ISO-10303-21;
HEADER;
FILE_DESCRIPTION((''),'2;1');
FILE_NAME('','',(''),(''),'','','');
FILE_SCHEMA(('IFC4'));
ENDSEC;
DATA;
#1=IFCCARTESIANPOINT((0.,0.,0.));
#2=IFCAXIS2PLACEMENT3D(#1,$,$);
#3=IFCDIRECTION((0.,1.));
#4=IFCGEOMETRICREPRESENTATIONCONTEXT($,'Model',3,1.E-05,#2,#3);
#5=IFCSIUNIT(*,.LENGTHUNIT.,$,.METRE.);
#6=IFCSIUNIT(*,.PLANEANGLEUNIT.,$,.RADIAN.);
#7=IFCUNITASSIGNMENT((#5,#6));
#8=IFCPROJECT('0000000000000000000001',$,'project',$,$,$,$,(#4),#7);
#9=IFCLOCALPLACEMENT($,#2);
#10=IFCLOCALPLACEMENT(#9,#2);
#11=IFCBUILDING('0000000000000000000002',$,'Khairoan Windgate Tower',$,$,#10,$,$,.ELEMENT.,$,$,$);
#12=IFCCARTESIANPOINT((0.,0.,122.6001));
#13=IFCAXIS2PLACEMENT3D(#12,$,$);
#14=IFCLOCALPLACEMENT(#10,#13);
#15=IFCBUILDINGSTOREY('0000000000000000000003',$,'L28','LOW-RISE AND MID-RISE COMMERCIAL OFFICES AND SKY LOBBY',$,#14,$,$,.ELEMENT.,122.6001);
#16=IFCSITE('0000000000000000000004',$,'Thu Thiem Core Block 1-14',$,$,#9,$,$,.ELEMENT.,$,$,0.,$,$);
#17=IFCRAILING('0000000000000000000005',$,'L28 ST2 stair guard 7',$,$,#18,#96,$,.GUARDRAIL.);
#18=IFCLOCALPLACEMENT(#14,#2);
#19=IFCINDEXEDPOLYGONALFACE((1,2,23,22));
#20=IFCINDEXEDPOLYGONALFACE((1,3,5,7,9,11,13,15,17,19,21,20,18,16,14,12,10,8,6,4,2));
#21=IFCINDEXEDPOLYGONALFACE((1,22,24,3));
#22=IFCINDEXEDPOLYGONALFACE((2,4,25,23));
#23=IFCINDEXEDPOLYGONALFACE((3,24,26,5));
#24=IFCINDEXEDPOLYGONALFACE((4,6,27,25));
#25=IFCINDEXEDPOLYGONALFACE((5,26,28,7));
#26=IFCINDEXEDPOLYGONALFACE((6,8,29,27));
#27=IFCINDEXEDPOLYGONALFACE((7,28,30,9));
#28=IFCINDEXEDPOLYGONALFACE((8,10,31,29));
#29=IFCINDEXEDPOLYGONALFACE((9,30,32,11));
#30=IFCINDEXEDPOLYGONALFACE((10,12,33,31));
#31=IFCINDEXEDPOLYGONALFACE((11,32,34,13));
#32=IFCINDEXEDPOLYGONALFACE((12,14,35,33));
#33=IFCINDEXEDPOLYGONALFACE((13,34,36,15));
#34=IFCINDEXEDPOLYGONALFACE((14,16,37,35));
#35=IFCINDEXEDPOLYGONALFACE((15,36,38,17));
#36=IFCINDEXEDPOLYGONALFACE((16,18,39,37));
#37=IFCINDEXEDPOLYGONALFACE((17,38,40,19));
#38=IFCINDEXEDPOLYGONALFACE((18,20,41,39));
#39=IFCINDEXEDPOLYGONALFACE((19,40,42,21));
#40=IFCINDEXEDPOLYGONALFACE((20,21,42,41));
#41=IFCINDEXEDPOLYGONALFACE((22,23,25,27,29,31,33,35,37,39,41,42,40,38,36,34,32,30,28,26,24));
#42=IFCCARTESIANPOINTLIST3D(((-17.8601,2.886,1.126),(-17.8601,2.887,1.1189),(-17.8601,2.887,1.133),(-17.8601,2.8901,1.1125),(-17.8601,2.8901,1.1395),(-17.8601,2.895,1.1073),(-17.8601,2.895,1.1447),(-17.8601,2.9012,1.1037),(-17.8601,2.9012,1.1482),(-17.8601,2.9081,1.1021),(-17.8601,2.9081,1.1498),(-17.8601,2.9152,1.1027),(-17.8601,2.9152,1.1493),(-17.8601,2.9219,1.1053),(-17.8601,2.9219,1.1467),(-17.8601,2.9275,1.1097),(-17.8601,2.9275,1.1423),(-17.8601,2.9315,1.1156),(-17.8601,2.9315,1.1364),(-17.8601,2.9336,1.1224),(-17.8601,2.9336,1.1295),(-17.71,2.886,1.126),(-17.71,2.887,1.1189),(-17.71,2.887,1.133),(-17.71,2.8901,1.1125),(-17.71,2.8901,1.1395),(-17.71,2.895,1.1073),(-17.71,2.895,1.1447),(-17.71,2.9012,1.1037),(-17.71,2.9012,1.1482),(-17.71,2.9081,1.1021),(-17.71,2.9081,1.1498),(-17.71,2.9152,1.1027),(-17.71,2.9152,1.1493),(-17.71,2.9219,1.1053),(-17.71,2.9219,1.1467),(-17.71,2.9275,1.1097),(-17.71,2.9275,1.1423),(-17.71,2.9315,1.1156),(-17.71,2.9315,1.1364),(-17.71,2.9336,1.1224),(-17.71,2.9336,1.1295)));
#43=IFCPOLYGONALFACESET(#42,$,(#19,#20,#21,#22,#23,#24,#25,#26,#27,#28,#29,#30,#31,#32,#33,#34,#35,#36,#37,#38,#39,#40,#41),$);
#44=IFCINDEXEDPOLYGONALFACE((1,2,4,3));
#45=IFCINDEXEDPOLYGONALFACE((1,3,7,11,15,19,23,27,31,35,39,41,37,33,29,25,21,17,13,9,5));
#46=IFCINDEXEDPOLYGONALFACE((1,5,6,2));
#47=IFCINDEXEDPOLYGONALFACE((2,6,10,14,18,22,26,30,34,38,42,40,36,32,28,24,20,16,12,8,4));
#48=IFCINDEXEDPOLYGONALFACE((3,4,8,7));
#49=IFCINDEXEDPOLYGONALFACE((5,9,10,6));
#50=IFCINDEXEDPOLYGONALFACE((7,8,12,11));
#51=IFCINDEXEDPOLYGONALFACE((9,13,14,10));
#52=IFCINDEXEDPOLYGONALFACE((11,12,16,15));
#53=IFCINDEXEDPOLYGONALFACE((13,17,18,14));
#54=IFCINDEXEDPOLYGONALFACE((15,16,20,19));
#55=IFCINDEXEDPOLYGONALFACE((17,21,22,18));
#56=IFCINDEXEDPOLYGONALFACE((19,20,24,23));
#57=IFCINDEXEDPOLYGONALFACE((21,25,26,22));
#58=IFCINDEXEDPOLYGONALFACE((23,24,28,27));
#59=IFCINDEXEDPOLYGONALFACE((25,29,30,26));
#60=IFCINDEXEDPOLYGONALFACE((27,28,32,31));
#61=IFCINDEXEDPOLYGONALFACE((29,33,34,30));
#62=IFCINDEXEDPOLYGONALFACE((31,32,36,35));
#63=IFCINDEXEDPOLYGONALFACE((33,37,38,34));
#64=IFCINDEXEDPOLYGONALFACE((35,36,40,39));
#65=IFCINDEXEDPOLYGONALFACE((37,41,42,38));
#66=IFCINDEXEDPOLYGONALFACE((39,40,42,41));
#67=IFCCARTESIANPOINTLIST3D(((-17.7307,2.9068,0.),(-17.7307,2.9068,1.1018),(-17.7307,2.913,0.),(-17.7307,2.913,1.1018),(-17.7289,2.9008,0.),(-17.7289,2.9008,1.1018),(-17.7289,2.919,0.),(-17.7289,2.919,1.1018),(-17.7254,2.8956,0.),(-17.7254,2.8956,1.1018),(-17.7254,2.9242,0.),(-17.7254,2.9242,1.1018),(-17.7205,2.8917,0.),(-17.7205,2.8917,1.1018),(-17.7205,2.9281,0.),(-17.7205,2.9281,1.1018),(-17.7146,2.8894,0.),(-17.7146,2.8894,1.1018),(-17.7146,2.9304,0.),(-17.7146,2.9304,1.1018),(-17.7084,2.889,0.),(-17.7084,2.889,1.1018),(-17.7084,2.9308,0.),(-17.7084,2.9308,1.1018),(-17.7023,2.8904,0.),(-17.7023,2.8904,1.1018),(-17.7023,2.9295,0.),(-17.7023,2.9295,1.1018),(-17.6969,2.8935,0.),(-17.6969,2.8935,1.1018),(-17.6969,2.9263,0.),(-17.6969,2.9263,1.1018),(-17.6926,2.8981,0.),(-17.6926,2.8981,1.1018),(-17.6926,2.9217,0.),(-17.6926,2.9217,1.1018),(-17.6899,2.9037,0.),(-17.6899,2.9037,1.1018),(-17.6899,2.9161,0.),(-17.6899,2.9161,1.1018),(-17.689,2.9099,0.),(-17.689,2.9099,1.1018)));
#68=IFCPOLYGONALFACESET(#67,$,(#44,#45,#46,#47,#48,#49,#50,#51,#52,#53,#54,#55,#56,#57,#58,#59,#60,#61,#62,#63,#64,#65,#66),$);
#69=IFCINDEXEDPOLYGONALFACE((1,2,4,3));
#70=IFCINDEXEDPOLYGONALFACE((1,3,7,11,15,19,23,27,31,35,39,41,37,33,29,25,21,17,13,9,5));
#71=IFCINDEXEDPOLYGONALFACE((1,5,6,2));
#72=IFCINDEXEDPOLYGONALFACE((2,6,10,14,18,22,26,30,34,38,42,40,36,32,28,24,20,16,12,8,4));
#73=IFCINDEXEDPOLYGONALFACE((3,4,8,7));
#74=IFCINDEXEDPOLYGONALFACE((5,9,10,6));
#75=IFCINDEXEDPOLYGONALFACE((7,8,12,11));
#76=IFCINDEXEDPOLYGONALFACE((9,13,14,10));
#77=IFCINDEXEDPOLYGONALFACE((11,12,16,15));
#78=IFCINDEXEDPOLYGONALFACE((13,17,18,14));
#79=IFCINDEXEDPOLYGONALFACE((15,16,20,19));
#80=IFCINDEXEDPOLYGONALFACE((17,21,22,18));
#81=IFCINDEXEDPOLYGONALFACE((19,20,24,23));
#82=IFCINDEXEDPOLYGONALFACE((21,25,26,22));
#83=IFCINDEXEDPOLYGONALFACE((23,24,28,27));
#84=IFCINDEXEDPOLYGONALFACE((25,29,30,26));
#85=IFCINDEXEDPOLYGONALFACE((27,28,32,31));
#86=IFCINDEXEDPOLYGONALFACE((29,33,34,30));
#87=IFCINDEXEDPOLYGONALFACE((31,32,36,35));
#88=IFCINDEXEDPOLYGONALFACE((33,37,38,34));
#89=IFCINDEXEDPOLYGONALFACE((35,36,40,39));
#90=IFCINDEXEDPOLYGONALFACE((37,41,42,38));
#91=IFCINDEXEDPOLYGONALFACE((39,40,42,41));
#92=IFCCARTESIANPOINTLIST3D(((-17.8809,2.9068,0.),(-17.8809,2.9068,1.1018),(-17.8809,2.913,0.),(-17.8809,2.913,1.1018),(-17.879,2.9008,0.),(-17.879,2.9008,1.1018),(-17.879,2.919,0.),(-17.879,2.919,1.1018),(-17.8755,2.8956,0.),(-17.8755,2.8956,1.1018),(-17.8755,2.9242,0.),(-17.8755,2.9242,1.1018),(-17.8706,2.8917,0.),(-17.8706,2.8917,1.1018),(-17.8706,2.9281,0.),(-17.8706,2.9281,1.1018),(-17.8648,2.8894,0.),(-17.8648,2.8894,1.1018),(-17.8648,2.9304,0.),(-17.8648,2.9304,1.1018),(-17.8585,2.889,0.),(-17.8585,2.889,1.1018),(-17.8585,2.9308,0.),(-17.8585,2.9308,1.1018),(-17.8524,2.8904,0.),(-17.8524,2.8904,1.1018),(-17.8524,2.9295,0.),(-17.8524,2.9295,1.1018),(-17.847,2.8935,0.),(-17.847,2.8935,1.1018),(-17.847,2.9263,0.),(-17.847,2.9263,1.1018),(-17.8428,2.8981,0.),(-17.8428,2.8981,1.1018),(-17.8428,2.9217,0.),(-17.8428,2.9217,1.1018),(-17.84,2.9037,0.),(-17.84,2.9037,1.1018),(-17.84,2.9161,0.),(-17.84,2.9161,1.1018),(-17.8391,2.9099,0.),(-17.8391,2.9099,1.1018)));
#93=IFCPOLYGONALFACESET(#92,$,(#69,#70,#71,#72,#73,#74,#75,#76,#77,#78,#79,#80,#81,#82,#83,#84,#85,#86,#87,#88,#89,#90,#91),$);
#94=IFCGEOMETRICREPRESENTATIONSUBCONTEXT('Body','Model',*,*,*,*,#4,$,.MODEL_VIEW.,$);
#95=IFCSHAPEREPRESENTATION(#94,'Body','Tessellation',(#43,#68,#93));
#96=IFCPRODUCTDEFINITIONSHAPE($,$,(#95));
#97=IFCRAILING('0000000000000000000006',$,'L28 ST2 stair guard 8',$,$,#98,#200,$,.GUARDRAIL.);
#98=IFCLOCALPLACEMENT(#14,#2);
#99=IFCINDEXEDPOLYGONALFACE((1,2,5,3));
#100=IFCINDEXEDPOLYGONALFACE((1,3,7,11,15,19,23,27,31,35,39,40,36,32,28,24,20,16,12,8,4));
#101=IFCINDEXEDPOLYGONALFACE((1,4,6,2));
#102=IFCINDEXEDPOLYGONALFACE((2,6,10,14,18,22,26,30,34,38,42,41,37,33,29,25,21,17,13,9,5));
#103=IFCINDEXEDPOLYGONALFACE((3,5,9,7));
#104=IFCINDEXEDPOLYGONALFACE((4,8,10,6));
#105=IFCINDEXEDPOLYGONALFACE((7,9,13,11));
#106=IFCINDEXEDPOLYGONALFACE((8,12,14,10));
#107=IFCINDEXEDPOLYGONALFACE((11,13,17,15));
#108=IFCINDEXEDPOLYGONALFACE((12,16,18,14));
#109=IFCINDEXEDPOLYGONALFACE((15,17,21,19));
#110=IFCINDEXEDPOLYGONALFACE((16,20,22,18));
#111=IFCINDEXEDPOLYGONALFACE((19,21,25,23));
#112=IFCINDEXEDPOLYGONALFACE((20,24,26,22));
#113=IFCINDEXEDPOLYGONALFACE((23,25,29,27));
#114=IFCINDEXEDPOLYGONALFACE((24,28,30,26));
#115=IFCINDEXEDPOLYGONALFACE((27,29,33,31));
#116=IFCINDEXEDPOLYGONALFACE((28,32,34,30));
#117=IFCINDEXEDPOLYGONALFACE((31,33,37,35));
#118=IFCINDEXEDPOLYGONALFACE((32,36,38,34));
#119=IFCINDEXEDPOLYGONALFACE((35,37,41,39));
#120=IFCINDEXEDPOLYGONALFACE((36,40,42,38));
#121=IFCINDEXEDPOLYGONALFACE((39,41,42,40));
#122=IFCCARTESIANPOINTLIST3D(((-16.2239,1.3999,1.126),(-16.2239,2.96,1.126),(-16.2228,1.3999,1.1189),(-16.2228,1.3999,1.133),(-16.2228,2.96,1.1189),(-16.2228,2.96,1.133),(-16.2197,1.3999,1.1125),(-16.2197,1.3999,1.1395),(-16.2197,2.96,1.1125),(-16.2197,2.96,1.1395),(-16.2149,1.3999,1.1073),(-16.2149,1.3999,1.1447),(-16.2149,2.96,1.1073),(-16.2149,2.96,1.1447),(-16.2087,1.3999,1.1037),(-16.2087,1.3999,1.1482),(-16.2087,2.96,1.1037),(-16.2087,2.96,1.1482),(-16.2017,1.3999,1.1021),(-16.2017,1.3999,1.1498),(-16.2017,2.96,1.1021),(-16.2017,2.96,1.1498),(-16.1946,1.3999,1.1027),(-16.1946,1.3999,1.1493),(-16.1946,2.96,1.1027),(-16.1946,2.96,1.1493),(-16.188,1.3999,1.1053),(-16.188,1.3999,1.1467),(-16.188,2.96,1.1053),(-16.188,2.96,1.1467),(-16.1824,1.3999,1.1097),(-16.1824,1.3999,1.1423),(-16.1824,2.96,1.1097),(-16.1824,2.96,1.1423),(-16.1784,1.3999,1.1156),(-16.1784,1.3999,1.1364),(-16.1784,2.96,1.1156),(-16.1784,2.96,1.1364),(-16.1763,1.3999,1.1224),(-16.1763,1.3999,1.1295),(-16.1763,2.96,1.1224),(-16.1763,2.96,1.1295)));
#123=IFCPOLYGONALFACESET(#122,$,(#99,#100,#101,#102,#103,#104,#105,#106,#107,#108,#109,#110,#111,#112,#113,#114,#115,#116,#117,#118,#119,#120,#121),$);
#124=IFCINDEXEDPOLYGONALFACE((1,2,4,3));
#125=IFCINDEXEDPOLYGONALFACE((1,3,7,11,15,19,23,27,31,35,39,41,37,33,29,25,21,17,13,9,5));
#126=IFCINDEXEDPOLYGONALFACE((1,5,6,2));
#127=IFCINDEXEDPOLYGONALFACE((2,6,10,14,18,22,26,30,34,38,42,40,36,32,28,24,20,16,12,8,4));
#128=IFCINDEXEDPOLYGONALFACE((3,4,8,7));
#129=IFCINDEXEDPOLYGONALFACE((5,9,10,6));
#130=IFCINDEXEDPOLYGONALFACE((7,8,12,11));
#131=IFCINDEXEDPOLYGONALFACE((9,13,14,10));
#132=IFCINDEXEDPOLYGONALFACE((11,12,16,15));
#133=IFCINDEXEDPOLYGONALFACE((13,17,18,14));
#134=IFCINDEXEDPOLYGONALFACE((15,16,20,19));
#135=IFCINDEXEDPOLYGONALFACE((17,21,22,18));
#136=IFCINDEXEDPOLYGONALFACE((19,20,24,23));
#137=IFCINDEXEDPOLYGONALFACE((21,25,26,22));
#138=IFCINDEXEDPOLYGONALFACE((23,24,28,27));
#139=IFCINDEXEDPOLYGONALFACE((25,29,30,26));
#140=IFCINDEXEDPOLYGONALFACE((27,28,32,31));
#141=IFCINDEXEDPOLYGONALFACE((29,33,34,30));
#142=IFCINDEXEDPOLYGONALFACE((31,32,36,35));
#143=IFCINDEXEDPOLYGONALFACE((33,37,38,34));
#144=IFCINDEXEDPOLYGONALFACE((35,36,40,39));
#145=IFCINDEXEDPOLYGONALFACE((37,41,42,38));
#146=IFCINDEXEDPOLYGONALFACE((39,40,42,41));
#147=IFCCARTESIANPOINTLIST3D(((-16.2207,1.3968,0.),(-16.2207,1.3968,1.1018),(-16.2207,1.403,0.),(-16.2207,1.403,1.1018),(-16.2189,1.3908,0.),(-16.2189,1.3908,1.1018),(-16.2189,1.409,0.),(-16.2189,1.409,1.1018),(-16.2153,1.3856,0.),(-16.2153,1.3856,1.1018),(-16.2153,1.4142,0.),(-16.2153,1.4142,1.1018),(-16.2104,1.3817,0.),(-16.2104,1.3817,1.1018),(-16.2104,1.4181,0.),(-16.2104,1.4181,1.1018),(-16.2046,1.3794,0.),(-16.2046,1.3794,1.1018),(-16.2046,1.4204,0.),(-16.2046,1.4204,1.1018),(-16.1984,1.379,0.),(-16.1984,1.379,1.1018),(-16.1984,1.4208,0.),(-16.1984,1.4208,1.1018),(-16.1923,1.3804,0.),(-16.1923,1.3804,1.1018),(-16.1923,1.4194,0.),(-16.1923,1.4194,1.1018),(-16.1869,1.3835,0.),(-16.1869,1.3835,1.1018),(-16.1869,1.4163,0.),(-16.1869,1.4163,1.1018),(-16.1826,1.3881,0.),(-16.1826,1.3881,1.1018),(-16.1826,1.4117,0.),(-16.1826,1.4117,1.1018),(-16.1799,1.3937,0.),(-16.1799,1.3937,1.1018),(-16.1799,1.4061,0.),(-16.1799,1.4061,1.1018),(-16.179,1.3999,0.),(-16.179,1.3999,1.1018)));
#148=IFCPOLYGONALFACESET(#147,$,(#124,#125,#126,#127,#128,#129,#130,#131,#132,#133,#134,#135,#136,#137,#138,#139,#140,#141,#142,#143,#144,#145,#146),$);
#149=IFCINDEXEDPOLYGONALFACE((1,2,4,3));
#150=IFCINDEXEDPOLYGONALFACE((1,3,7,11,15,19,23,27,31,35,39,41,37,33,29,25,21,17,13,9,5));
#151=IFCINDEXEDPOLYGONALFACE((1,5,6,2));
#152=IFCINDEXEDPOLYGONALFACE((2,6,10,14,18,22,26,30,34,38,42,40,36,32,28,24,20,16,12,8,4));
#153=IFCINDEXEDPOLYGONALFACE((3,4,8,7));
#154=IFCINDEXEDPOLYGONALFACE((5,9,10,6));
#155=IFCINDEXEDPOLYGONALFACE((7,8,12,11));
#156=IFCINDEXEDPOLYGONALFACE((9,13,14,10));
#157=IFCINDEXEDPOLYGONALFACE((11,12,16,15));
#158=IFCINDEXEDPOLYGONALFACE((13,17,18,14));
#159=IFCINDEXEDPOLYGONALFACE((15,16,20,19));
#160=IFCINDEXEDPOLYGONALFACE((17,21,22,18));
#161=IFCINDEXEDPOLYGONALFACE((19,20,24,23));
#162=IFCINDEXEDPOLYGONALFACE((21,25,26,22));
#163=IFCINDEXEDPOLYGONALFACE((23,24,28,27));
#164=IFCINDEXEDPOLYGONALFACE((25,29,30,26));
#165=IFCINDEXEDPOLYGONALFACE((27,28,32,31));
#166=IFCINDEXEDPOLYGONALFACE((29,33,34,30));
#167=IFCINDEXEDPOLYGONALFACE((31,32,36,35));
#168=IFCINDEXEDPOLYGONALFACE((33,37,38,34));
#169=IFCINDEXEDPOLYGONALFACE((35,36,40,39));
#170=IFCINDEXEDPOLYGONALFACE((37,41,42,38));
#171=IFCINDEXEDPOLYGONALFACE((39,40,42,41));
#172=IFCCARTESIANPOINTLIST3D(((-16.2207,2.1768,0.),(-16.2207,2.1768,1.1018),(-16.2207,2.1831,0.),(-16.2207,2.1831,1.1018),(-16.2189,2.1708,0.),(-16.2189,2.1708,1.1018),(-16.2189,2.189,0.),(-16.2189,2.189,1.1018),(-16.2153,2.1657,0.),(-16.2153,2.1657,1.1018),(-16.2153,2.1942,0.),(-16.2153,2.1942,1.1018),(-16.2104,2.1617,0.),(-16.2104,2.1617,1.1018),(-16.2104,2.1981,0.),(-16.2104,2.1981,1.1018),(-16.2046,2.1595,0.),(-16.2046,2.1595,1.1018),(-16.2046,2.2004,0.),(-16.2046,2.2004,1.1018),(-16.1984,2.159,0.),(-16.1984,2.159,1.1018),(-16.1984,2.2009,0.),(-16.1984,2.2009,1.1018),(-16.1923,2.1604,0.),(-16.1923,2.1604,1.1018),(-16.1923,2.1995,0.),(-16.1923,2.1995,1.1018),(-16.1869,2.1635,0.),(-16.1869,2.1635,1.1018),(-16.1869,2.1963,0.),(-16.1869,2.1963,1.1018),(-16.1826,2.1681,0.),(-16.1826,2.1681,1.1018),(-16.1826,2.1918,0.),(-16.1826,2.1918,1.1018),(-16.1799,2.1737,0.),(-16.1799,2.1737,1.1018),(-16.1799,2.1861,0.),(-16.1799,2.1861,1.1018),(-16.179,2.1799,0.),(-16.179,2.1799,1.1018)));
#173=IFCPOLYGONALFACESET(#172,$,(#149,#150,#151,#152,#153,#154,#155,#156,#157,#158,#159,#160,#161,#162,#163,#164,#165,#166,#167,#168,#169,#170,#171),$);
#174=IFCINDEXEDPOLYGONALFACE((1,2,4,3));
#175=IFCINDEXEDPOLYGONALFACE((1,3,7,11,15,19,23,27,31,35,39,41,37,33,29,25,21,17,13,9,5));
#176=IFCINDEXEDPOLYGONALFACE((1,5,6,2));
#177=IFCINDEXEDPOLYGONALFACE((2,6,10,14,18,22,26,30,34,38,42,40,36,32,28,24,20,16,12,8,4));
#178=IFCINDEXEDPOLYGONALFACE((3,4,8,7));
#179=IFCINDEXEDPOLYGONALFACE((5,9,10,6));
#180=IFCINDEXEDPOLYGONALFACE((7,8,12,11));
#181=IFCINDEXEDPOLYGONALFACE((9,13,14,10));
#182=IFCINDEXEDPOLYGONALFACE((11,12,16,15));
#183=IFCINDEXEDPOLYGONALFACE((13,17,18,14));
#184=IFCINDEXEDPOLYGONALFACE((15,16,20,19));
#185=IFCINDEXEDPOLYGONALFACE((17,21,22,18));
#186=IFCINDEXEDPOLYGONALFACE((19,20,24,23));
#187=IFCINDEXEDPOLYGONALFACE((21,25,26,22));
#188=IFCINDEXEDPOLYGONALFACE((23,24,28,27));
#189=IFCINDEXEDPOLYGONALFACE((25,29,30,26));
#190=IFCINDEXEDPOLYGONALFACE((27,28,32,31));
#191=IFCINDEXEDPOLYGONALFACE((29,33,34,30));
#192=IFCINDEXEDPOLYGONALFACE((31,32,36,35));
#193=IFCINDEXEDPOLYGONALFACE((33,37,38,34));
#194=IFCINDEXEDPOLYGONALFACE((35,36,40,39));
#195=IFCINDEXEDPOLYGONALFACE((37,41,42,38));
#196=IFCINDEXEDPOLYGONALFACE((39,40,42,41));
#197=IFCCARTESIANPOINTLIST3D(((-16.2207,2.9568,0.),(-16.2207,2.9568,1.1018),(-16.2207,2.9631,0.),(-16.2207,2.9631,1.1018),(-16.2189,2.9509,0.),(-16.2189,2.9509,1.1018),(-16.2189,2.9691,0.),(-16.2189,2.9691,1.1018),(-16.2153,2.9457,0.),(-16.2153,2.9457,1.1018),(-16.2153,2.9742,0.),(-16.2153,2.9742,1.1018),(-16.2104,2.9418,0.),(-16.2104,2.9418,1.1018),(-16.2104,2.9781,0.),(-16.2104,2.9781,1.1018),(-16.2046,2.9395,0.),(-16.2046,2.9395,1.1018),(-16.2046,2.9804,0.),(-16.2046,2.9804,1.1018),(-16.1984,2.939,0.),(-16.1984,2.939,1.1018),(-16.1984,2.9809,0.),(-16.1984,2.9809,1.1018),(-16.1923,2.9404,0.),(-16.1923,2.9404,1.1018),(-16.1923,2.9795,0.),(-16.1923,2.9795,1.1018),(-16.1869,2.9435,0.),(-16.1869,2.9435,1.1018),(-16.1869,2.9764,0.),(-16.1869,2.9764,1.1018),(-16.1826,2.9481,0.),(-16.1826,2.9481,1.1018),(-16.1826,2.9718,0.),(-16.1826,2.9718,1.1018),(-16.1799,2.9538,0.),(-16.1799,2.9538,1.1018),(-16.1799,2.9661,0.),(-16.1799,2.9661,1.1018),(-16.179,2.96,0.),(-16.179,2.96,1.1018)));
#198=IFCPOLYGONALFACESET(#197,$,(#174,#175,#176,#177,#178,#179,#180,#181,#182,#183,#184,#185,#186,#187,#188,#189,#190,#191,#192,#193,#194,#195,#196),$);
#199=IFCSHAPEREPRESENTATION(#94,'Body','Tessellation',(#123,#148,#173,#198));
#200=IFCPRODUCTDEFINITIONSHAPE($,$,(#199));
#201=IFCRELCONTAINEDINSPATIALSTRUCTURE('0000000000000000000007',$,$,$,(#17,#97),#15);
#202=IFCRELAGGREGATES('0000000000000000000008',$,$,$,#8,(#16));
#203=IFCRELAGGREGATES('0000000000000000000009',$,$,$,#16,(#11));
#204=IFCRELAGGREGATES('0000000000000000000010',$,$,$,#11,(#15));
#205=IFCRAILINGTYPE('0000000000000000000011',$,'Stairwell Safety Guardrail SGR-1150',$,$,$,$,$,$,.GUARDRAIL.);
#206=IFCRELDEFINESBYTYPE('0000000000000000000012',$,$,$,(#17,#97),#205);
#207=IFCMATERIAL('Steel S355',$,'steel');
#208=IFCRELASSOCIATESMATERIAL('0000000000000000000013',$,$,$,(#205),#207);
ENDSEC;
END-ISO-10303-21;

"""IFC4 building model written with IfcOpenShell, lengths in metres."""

from ifc_helpers import new_model, si_unit, direction, frame, origin, origin_2d, place, context, subcontext, project, spatial, circle, extrude, material, type_object, element, save


model = new_model("IFC4")

# Units and contexts
model_context = context("Model", 3, precision=1e-05, world=origin(), true_north=direction((0.0, 1.0)))
body_context = subcontext(model_context, "Body", "Model", "MODEL_VIEW")
ifc_project = project(units=[si_unit("LENGTHUNIT", "METRE"), si_unit("PLANEANGLEUNIT", "RADIAN")], contexts=[model_context])

# Site, building, storey
site_placement = place(None, origin())
site = spatial("IfcSite", under=ifc_project, at=site_placement, Name="Thu Thiem Core Block 1-14", CompositionType="ELEMENT", RefElevation=0.0)
building_placement = place(site_placement, origin())
building = spatial("IfcBuilding", under=site, at=building_placement, Name="Khairoan Windgate Tower", CompositionType="ELEMENT")
storey_placement = place(building_placement, frame((0.0, 0.0, 122.6001)))
storey = spatial("IfcBuildingStorey", under=building, at=storey_placement, Name="L28", Description="LOW-RISE AND MID-RISE COMMERCIAL OFFICES AND SKY LOBBY", CompositionType="ELEMENT", Elevation=122.6001)

# Railings
ifc_material_1 = material(Name="Steel S355", Category="steel")
railing_type_1 = type_object("IfcRailingType", Name="Stairwell Safety Guardrail SGR-1150", PredefinedType="GUARDRAIL", material=ifc_material_1)
railing_1_placement = place(storey_placement, frame((-17.71, 2.9099, 0.0)))
element("IfcRailing", 1, at=railing_1_placement, inside=storey, type_object=railing_type_1, Name="L28 ST2 stair guard 7", PredefinedType="GUARDRAIL", context=body_context, shape_type="SweptSolid", body=[
    extrude(circle(Radius=0.0239, at=origin_2d()), frame((0.0, 0.0, 1.126), z_axis=(-1.0, 0.0, 0.0), x_axis=(0.0, -1.0, 0.0)), (0.0, 0.0, 1.0), 0.1501),
    extrude(circle(Radius=0.021, at=origin_2d()), origin(), (0.0, 0.0, 1.0), 1.1018),
    extrude(circle(Radius=0.021, at=origin_2d()), frame((-0.1501, 0.0, 0.0)), (0.0, 0.0, 1.0), 1.1018),
])
for number, where, name in (
    (2, (-16.2, 1.3999, 0.0), "L28 ST2 stair guard 8"),
):
    element("IfcRailing", number, at=place(storey_placement, frame(where)), inside=storey, type_object=railing_type_1, Name=name, PredefinedType="GUARDRAIL", context=body_context, shape_type="SweptSolid", body=[
        extrude(circle(Radius=0.0239, at=origin_2d()), frame((0.0, 0.0, 1.126), z_axis=(0.0, 1.0, 0.0), x_axis=(-1.0, 0.0, 0.0)), (0.0, 0.0, 1.0), 1.5601),
        extrude(circle(Radius=0.021, at=origin_2d()), origin(), (0.0, 0.0, 1.0), 1.1018),
        extrude(circle(Radius=0.021, at=origin_2d()), frame((0.0, 0.78, 0.0)), (0.0, 0.0, 1.0), 1.1018),
        extrude(circle(Radius=0.021, at=origin_2d()), frame((0.0, 1.5601, 0.0)), (0.0, 0.0, 1.0), 1.1018),
    ])

save(model, "model.ifc")
